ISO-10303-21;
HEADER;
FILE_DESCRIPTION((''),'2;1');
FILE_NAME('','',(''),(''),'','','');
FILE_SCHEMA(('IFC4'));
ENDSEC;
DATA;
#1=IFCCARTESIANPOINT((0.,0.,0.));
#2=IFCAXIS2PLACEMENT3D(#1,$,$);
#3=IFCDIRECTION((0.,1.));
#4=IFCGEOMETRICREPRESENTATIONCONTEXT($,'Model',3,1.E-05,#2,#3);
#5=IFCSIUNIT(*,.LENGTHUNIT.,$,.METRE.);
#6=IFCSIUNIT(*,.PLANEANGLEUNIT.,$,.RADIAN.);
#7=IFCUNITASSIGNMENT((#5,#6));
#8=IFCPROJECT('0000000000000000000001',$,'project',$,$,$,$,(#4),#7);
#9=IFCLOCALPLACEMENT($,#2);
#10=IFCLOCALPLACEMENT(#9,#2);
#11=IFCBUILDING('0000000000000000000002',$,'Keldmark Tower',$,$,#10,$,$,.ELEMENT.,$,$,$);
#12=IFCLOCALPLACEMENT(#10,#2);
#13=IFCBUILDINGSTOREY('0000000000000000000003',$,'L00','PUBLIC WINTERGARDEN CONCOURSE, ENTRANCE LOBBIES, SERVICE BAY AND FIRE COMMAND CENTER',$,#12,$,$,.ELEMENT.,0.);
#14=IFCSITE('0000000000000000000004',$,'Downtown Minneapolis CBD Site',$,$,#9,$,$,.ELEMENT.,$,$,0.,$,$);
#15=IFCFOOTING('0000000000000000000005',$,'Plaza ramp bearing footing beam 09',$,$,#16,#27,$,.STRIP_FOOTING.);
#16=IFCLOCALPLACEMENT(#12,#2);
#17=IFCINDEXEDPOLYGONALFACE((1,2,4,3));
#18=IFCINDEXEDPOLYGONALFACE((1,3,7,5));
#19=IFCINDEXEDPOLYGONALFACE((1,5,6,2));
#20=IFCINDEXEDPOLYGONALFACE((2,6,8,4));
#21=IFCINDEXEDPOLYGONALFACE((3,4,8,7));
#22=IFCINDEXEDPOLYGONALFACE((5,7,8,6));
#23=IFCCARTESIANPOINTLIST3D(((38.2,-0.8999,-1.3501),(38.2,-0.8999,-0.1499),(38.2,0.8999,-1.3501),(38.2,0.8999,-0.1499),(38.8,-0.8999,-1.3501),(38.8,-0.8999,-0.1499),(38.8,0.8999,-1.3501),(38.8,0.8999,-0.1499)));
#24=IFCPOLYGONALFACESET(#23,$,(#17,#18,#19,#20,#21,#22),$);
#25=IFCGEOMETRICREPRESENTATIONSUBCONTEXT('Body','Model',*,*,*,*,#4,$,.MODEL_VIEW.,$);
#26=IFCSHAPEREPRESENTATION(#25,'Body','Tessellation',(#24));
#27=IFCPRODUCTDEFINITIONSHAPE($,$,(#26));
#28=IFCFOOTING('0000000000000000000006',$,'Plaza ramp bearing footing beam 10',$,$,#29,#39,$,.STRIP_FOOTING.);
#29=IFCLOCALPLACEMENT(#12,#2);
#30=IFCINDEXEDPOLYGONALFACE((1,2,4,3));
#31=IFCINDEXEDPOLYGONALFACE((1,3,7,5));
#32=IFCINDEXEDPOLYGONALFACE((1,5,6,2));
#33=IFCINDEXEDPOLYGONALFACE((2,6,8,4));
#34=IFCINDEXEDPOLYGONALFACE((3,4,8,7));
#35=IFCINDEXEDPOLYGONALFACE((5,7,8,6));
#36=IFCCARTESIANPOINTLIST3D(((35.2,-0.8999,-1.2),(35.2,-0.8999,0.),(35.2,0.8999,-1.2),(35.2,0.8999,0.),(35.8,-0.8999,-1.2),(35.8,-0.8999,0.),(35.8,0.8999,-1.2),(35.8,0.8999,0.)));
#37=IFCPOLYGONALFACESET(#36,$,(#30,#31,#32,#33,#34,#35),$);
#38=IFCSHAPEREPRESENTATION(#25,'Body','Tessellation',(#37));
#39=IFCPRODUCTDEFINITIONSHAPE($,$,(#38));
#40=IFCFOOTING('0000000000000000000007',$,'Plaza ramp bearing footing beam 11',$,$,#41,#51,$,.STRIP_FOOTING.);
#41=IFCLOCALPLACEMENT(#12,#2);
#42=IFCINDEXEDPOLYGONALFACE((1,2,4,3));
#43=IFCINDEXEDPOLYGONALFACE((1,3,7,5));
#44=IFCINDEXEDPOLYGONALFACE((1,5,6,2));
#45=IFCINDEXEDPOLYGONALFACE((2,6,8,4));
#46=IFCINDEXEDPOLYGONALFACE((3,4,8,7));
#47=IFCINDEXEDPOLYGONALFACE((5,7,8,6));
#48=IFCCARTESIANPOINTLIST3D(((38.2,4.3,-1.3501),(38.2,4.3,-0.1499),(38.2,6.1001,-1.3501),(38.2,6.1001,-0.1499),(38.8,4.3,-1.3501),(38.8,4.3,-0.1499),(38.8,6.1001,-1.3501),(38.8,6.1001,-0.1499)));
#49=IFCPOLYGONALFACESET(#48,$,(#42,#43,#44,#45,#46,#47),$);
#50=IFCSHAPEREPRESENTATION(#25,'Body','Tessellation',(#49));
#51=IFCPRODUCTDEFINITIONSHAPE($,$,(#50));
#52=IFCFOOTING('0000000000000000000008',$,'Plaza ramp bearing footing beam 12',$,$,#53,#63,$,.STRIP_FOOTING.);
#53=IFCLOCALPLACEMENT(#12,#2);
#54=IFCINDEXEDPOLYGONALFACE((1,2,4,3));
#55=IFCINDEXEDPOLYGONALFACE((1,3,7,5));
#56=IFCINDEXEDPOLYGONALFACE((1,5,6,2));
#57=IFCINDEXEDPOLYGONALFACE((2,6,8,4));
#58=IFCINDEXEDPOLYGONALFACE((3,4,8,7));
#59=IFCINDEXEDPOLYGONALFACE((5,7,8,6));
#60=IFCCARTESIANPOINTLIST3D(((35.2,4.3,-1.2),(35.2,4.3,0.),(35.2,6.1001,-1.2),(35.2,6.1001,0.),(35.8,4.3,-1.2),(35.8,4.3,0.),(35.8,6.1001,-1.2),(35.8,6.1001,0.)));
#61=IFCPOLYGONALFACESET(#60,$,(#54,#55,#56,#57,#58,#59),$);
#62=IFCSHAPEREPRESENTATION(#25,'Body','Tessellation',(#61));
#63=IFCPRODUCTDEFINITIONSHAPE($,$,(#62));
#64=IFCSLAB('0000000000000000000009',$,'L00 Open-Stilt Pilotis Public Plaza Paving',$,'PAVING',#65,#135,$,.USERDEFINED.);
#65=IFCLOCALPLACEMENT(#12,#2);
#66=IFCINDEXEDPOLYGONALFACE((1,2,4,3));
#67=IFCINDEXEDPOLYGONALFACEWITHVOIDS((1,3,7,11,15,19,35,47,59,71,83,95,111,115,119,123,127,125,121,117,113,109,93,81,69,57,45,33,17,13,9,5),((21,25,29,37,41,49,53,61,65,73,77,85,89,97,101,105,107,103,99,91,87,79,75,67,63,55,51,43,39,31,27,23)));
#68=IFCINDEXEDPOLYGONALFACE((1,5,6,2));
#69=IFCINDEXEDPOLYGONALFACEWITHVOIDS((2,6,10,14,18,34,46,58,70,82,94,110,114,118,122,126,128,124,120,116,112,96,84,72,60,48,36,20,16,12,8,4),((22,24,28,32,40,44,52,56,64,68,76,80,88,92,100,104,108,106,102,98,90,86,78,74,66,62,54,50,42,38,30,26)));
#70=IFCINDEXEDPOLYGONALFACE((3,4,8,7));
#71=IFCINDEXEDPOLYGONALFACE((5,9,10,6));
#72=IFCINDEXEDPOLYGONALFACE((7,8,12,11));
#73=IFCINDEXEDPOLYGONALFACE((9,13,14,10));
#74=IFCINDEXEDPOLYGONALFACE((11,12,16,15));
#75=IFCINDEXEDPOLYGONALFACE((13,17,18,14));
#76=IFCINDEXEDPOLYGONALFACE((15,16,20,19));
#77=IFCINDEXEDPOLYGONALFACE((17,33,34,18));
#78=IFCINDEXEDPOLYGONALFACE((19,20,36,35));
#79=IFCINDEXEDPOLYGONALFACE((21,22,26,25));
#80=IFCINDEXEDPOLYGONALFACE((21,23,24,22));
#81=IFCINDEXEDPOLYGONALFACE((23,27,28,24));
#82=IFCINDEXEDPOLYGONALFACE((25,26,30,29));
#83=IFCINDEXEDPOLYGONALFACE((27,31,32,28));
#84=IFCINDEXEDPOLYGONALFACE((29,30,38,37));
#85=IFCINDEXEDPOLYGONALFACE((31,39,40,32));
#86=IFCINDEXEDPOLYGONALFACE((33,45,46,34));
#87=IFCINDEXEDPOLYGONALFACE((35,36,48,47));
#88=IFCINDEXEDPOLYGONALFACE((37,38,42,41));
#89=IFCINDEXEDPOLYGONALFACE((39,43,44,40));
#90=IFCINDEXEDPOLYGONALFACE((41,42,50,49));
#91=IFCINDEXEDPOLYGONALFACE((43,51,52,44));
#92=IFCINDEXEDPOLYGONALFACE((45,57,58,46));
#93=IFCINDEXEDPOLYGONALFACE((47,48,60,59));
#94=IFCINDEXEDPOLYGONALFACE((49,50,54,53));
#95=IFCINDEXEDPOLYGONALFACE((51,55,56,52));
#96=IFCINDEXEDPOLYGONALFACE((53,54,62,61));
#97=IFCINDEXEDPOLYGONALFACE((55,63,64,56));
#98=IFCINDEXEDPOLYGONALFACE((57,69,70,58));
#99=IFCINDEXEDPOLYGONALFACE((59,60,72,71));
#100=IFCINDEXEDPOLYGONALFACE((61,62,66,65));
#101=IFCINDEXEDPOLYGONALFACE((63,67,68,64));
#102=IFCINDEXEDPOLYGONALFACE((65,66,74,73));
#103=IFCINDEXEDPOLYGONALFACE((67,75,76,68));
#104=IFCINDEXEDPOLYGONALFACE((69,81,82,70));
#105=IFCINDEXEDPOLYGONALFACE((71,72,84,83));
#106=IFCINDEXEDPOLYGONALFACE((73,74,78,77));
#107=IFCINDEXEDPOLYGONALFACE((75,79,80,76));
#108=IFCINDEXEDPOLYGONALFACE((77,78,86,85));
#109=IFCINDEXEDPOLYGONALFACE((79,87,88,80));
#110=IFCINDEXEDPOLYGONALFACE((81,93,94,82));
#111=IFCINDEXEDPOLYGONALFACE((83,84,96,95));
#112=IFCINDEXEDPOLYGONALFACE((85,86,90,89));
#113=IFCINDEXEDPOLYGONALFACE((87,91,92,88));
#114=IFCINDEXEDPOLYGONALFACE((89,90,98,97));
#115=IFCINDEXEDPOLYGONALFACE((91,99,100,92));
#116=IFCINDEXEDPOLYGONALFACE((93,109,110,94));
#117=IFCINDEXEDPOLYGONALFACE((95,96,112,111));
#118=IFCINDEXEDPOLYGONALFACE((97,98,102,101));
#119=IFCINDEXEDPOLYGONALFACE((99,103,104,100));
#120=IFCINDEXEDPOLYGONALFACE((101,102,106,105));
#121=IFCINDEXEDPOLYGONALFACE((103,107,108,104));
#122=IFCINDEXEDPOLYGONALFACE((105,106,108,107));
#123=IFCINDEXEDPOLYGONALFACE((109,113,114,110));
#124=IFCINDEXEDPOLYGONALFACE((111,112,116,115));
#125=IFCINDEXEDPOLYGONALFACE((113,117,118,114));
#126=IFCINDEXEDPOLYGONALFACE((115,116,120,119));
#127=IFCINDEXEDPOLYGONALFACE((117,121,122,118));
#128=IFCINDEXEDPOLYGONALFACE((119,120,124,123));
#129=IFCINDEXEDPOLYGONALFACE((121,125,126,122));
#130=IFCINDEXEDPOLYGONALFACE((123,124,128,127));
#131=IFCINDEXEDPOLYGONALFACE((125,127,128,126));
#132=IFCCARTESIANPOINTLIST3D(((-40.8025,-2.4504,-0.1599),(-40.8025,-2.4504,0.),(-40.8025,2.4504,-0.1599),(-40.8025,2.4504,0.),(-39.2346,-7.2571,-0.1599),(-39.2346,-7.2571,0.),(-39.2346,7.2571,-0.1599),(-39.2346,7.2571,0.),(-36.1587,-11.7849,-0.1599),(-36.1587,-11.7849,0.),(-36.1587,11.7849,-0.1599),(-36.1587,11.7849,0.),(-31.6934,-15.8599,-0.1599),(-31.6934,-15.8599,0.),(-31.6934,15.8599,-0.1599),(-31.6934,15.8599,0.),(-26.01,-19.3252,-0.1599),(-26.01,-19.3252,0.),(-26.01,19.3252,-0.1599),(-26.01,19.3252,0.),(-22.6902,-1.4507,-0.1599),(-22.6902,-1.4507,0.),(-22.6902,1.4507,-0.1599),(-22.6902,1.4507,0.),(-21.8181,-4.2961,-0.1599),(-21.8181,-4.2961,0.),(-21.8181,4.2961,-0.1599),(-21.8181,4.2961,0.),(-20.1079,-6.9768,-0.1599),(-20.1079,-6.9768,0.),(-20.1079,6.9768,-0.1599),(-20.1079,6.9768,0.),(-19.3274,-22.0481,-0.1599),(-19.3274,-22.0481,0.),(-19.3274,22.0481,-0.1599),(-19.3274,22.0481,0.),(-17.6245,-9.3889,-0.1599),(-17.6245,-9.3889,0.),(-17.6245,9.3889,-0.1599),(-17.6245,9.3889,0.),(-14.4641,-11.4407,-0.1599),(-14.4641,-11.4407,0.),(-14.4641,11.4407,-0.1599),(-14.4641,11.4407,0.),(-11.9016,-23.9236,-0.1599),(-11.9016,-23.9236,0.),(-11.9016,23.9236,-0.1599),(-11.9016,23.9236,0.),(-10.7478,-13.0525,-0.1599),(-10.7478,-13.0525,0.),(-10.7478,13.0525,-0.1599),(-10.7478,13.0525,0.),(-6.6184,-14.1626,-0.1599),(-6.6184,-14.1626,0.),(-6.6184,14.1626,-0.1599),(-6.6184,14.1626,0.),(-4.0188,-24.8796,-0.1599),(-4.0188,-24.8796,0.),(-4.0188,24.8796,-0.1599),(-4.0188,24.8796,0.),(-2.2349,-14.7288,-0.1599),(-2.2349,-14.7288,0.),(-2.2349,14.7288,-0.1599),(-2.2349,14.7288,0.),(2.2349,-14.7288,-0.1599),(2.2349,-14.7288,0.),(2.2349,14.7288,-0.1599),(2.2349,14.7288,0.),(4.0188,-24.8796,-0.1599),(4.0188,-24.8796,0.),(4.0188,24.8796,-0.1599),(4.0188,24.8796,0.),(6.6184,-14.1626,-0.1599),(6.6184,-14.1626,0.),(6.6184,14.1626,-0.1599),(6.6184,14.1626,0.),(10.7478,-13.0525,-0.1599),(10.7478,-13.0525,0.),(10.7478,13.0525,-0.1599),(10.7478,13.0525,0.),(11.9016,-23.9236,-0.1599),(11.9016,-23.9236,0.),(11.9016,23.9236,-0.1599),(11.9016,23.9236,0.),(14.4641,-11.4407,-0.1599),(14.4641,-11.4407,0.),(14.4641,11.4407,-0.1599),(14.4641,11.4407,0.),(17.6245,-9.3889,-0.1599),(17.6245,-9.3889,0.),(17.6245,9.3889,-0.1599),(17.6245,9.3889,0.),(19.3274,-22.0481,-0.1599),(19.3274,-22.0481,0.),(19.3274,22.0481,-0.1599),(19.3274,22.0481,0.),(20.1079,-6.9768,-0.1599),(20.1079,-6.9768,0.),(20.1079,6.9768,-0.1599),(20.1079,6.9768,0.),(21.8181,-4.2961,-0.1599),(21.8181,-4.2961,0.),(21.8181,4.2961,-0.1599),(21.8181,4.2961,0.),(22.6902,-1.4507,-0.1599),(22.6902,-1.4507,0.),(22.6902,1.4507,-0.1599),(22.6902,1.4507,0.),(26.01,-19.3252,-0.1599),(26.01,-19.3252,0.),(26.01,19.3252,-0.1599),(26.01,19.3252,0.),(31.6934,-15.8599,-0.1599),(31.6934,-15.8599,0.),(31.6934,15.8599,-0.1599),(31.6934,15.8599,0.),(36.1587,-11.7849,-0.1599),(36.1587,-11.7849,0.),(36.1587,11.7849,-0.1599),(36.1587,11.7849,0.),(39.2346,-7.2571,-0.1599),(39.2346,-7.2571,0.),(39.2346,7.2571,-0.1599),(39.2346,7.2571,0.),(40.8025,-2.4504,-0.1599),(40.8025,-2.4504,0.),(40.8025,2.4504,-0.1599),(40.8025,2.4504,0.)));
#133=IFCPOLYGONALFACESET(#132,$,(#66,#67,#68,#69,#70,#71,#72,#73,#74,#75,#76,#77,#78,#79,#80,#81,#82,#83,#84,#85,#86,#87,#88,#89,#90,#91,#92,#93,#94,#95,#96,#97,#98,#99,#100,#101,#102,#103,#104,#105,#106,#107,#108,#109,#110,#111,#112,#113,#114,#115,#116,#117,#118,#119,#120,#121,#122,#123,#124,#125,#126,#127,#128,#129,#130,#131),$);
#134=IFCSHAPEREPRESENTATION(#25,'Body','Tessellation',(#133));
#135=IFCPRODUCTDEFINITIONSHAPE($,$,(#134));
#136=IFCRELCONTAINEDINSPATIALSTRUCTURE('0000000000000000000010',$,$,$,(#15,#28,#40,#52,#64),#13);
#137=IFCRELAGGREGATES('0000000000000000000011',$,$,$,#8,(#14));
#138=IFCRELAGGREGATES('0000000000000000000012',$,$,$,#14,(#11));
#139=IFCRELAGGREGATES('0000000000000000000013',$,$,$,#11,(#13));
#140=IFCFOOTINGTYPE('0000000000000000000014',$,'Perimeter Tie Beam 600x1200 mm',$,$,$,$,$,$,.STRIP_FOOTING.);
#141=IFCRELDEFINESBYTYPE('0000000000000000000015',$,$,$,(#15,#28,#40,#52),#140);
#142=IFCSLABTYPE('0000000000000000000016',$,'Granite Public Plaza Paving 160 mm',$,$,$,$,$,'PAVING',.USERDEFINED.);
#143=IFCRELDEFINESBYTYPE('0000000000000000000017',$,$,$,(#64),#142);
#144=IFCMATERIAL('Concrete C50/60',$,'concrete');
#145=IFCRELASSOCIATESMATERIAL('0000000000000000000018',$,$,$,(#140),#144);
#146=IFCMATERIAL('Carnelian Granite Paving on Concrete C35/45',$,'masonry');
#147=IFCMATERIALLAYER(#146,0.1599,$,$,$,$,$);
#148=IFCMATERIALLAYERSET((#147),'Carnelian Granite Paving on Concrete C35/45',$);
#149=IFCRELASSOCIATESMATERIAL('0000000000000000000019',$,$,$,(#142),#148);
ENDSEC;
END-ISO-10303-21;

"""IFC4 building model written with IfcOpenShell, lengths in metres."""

from ifc_helpers import new_model, si_unit, direction, frame, origin, place, context, subcontext, project, spatial, polyline, outline, extrude, material, layer, layer_set, type_object, element, save


model = new_model("IFC4")

# Units and contexts
model_context = context("Model", 3, precision=1e-05, world=origin(), true_north=direction((0.0, 1.0)))
body_context = subcontext(model_context, "Body", "Model", "MODEL_VIEW")
ifc_project = project(units=[si_unit("LENGTHUNIT", "METRE"), si_unit("PLANEANGLEUNIT", "RADIAN")], contexts=[model_context])

# Site, building, storey
site_placement = place(None, origin())
site = spatial("IfcSite", under=ifc_project, at=site_placement, Name="Downtown Minneapolis CBD Site", CompositionType="ELEMENT", RefElevation=0.0)
building_placement = place(site_placement, origin())
building = spatial("IfcBuilding", under=site, at=building_placement, Name="Keldmark Tower", CompositionType="ELEMENT")
storey_placement = place(building_placement, origin())
storey = spatial("IfcBuildingStorey", under=building, at=storey_placement, Name="L00", Description="PUBLIC WINTERGARDEN CONCOURSE, ENTRANCE LOBBIES, SERVICE BAY AND FIRE COMMAND CENTER", CompositionType="ELEMENT", Elevation=0.0)

# Footings
ifc_material_1 = material(Name="Concrete C50/60", Category="concrete")
footing_type = type_object("IfcFootingType", Name="Perimeter Tie Beam 600x1200 mm", PredefinedType="STRIP_FOOTING", material=ifc_material_1)
footing_1_placement = place(storey_placement, frame((0.0, 0.0, -1.3501)))
element("IfcFooting", 1, at=footing_1_placement, inside=storey, type_object=footing_type, Name="Plaza ramp bearing footing beam 09", PredefinedType="STRIP_FOOTING", context=body_context, shape_type="SweptSolid", body=[
    extrude(outline(polyline([(38.2, -0.8999), (38.8, -0.8999), (38.8, 0.8999), (38.2, 0.8999), (38.2, -0.8999)])), origin(), (0.0, 0.0, 1.0), 1.2002),
])
footing_2_placement = place(storey_placement, frame((0.0, 0.0, -1.2)))
element("IfcFooting", 2, at=footing_2_placement, inside=storey, type_object=footing_type, Name="Plaza ramp bearing footing beam 10", PredefinedType="STRIP_FOOTING", context=body_context, shape_type="SweptSolid", body=[
    extrude(outline(polyline([(35.2, -0.8999), (35.8, -0.8999), (35.8, 0.8999), (35.2, 0.8999), (35.2, -0.8999)])), origin(), (0.0, 0.0, 1.0), 1.2),
])
footing_3_placement = place(storey_placement, frame((0.0, 0.0, -1.3501)))
element("IfcFooting", 3, at=footing_3_placement, inside=storey, type_object=footing_type, Name="Plaza ramp bearing footing beam 11", PredefinedType="STRIP_FOOTING", context=body_context, shape_type="SweptSolid", body=[
    extrude(outline(polyline([(38.2, 4.3), (38.8, 4.3), (38.8, 6.1001), (38.2, 6.1001), (38.2, 4.3)])), origin(), (0.0, 0.0, 1.0), 1.2002),
])
footing_4_placement = place(storey_placement, frame((0.0, 0.0, -1.2)))
element("IfcFooting", 4, at=footing_4_placement, inside=storey, type_object=footing_type, Name="Plaza ramp bearing footing beam 12", PredefinedType="STRIP_FOOTING", context=body_context, shape_type="SweptSolid", body=[
    extrude(outline(polyline([(35.2, 4.3), (35.8, 4.3), (35.8, 6.1001), (35.2, 6.1001), (35.2, 4.3)])), origin(), (0.0, 0.0, 1.0), 1.2),
])

# Slab
ifc_material_2 = material(Name="Carnelian Granite Paving on Concrete C35/45", Category="masonry")
ifc_layer_1 = layer(ifc_material_2, 0.1599)
ifc_layer_set_1 = layer_set([ifc_layer_1], Name="Carnelian Granite Paving on Concrete C35/45")
slab_type_1 = type_object("IfcSlabType", Name="Granite Public Plaza Paving 160 mm", ElementType="PAVING", PredefinedType="USERDEFINED", material=ifc_layer_set_1)
slab_1_placement = place(storey_placement, frame((0.0, 0.0, -0.1599)))
element("IfcSlab", 5, at=slab_1_placement, inside=storey, type_object=slab_type_1, Name="L00 Open-Stilt Pilotis Public Plaza Paving", ObjectType="PAVING", PredefinedType="USERDEFINED", context=body_context, shape_type="SweptSolid", body=[
    extrude(outline(polyline([(40.8025, 2.4504), (39.2346, 7.2571), (36.1587, 11.7849), (31.6934, 15.8599), (26.01, 19.3252), (19.3274, 22.0481), (11.9016, 23.9236), (4.0188, 24.8796), (-4.0188, 24.8796), (-11.9016, 23.9236), (-19.3274, 22.0481), (-26.01, 19.3252), (-31.6934, 15.8599), (-36.1587, 11.7849), (-39.2346, 7.2571), (-40.8025, 2.4504), (-40.8025, -2.4504), (-39.2346, -7.2571), (-36.1587, -11.7849), (-31.6934, -15.8599), (-26.01, -19.3252), (-19.3274, -22.0481), (-11.9016, -23.9236), (-4.0188, -24.8796), (4.0188, -24.8796), (11.9016, -23.9236), (19.3274, -22.0481), (26.01, -19.3252), (31.6934, -15.8599), (36.1587, -11.7849), (39.2346, -7.2571), (40.8025, -2.4504), (40.8025, 2.4504)]), holes=[polyline([(22.6902, 1.4507), (21.8181, 4.2961), (20.1079, 6.9768), (17.6245, 9.3889), (14.4641, 11.4407), (10.7478, 13.0525), (6.6184, 14.1626), (2.2349, 14.7288), (-2.2349, 14.7288), (-6.6184, 14.1626), (-10.7478, 13.0525), (-14.4641, 11.4407), (-17.6245, 9.3889), (-20.1079, 6.9768), (-21.8181, 4.2961), (-22.6902, 1.4507), (-22.6902, -1.4507), (-21.8181, -4.2961), (-20.1079, -6.9768), (-17.6245, -9.3889), (-14.4641, -11.4407), (-10.7478, -13.0525), (-6.6184, -14.1626), (-2.2349, -14.7288), (2.2349, -14.7288), (6.6184, -14.1626), (10.7478, -13.0525), (14.4641, -11.4407), (17.6245, -9.3889), (20.1079, -6.9768), (21.8181, -4.2961), (22.6902, -1.4507), (22.6902, 1.4507)])]), origin(), (0.0, 0.0, 1.0), 0.1599),
])

save(model, "model.ifc")
